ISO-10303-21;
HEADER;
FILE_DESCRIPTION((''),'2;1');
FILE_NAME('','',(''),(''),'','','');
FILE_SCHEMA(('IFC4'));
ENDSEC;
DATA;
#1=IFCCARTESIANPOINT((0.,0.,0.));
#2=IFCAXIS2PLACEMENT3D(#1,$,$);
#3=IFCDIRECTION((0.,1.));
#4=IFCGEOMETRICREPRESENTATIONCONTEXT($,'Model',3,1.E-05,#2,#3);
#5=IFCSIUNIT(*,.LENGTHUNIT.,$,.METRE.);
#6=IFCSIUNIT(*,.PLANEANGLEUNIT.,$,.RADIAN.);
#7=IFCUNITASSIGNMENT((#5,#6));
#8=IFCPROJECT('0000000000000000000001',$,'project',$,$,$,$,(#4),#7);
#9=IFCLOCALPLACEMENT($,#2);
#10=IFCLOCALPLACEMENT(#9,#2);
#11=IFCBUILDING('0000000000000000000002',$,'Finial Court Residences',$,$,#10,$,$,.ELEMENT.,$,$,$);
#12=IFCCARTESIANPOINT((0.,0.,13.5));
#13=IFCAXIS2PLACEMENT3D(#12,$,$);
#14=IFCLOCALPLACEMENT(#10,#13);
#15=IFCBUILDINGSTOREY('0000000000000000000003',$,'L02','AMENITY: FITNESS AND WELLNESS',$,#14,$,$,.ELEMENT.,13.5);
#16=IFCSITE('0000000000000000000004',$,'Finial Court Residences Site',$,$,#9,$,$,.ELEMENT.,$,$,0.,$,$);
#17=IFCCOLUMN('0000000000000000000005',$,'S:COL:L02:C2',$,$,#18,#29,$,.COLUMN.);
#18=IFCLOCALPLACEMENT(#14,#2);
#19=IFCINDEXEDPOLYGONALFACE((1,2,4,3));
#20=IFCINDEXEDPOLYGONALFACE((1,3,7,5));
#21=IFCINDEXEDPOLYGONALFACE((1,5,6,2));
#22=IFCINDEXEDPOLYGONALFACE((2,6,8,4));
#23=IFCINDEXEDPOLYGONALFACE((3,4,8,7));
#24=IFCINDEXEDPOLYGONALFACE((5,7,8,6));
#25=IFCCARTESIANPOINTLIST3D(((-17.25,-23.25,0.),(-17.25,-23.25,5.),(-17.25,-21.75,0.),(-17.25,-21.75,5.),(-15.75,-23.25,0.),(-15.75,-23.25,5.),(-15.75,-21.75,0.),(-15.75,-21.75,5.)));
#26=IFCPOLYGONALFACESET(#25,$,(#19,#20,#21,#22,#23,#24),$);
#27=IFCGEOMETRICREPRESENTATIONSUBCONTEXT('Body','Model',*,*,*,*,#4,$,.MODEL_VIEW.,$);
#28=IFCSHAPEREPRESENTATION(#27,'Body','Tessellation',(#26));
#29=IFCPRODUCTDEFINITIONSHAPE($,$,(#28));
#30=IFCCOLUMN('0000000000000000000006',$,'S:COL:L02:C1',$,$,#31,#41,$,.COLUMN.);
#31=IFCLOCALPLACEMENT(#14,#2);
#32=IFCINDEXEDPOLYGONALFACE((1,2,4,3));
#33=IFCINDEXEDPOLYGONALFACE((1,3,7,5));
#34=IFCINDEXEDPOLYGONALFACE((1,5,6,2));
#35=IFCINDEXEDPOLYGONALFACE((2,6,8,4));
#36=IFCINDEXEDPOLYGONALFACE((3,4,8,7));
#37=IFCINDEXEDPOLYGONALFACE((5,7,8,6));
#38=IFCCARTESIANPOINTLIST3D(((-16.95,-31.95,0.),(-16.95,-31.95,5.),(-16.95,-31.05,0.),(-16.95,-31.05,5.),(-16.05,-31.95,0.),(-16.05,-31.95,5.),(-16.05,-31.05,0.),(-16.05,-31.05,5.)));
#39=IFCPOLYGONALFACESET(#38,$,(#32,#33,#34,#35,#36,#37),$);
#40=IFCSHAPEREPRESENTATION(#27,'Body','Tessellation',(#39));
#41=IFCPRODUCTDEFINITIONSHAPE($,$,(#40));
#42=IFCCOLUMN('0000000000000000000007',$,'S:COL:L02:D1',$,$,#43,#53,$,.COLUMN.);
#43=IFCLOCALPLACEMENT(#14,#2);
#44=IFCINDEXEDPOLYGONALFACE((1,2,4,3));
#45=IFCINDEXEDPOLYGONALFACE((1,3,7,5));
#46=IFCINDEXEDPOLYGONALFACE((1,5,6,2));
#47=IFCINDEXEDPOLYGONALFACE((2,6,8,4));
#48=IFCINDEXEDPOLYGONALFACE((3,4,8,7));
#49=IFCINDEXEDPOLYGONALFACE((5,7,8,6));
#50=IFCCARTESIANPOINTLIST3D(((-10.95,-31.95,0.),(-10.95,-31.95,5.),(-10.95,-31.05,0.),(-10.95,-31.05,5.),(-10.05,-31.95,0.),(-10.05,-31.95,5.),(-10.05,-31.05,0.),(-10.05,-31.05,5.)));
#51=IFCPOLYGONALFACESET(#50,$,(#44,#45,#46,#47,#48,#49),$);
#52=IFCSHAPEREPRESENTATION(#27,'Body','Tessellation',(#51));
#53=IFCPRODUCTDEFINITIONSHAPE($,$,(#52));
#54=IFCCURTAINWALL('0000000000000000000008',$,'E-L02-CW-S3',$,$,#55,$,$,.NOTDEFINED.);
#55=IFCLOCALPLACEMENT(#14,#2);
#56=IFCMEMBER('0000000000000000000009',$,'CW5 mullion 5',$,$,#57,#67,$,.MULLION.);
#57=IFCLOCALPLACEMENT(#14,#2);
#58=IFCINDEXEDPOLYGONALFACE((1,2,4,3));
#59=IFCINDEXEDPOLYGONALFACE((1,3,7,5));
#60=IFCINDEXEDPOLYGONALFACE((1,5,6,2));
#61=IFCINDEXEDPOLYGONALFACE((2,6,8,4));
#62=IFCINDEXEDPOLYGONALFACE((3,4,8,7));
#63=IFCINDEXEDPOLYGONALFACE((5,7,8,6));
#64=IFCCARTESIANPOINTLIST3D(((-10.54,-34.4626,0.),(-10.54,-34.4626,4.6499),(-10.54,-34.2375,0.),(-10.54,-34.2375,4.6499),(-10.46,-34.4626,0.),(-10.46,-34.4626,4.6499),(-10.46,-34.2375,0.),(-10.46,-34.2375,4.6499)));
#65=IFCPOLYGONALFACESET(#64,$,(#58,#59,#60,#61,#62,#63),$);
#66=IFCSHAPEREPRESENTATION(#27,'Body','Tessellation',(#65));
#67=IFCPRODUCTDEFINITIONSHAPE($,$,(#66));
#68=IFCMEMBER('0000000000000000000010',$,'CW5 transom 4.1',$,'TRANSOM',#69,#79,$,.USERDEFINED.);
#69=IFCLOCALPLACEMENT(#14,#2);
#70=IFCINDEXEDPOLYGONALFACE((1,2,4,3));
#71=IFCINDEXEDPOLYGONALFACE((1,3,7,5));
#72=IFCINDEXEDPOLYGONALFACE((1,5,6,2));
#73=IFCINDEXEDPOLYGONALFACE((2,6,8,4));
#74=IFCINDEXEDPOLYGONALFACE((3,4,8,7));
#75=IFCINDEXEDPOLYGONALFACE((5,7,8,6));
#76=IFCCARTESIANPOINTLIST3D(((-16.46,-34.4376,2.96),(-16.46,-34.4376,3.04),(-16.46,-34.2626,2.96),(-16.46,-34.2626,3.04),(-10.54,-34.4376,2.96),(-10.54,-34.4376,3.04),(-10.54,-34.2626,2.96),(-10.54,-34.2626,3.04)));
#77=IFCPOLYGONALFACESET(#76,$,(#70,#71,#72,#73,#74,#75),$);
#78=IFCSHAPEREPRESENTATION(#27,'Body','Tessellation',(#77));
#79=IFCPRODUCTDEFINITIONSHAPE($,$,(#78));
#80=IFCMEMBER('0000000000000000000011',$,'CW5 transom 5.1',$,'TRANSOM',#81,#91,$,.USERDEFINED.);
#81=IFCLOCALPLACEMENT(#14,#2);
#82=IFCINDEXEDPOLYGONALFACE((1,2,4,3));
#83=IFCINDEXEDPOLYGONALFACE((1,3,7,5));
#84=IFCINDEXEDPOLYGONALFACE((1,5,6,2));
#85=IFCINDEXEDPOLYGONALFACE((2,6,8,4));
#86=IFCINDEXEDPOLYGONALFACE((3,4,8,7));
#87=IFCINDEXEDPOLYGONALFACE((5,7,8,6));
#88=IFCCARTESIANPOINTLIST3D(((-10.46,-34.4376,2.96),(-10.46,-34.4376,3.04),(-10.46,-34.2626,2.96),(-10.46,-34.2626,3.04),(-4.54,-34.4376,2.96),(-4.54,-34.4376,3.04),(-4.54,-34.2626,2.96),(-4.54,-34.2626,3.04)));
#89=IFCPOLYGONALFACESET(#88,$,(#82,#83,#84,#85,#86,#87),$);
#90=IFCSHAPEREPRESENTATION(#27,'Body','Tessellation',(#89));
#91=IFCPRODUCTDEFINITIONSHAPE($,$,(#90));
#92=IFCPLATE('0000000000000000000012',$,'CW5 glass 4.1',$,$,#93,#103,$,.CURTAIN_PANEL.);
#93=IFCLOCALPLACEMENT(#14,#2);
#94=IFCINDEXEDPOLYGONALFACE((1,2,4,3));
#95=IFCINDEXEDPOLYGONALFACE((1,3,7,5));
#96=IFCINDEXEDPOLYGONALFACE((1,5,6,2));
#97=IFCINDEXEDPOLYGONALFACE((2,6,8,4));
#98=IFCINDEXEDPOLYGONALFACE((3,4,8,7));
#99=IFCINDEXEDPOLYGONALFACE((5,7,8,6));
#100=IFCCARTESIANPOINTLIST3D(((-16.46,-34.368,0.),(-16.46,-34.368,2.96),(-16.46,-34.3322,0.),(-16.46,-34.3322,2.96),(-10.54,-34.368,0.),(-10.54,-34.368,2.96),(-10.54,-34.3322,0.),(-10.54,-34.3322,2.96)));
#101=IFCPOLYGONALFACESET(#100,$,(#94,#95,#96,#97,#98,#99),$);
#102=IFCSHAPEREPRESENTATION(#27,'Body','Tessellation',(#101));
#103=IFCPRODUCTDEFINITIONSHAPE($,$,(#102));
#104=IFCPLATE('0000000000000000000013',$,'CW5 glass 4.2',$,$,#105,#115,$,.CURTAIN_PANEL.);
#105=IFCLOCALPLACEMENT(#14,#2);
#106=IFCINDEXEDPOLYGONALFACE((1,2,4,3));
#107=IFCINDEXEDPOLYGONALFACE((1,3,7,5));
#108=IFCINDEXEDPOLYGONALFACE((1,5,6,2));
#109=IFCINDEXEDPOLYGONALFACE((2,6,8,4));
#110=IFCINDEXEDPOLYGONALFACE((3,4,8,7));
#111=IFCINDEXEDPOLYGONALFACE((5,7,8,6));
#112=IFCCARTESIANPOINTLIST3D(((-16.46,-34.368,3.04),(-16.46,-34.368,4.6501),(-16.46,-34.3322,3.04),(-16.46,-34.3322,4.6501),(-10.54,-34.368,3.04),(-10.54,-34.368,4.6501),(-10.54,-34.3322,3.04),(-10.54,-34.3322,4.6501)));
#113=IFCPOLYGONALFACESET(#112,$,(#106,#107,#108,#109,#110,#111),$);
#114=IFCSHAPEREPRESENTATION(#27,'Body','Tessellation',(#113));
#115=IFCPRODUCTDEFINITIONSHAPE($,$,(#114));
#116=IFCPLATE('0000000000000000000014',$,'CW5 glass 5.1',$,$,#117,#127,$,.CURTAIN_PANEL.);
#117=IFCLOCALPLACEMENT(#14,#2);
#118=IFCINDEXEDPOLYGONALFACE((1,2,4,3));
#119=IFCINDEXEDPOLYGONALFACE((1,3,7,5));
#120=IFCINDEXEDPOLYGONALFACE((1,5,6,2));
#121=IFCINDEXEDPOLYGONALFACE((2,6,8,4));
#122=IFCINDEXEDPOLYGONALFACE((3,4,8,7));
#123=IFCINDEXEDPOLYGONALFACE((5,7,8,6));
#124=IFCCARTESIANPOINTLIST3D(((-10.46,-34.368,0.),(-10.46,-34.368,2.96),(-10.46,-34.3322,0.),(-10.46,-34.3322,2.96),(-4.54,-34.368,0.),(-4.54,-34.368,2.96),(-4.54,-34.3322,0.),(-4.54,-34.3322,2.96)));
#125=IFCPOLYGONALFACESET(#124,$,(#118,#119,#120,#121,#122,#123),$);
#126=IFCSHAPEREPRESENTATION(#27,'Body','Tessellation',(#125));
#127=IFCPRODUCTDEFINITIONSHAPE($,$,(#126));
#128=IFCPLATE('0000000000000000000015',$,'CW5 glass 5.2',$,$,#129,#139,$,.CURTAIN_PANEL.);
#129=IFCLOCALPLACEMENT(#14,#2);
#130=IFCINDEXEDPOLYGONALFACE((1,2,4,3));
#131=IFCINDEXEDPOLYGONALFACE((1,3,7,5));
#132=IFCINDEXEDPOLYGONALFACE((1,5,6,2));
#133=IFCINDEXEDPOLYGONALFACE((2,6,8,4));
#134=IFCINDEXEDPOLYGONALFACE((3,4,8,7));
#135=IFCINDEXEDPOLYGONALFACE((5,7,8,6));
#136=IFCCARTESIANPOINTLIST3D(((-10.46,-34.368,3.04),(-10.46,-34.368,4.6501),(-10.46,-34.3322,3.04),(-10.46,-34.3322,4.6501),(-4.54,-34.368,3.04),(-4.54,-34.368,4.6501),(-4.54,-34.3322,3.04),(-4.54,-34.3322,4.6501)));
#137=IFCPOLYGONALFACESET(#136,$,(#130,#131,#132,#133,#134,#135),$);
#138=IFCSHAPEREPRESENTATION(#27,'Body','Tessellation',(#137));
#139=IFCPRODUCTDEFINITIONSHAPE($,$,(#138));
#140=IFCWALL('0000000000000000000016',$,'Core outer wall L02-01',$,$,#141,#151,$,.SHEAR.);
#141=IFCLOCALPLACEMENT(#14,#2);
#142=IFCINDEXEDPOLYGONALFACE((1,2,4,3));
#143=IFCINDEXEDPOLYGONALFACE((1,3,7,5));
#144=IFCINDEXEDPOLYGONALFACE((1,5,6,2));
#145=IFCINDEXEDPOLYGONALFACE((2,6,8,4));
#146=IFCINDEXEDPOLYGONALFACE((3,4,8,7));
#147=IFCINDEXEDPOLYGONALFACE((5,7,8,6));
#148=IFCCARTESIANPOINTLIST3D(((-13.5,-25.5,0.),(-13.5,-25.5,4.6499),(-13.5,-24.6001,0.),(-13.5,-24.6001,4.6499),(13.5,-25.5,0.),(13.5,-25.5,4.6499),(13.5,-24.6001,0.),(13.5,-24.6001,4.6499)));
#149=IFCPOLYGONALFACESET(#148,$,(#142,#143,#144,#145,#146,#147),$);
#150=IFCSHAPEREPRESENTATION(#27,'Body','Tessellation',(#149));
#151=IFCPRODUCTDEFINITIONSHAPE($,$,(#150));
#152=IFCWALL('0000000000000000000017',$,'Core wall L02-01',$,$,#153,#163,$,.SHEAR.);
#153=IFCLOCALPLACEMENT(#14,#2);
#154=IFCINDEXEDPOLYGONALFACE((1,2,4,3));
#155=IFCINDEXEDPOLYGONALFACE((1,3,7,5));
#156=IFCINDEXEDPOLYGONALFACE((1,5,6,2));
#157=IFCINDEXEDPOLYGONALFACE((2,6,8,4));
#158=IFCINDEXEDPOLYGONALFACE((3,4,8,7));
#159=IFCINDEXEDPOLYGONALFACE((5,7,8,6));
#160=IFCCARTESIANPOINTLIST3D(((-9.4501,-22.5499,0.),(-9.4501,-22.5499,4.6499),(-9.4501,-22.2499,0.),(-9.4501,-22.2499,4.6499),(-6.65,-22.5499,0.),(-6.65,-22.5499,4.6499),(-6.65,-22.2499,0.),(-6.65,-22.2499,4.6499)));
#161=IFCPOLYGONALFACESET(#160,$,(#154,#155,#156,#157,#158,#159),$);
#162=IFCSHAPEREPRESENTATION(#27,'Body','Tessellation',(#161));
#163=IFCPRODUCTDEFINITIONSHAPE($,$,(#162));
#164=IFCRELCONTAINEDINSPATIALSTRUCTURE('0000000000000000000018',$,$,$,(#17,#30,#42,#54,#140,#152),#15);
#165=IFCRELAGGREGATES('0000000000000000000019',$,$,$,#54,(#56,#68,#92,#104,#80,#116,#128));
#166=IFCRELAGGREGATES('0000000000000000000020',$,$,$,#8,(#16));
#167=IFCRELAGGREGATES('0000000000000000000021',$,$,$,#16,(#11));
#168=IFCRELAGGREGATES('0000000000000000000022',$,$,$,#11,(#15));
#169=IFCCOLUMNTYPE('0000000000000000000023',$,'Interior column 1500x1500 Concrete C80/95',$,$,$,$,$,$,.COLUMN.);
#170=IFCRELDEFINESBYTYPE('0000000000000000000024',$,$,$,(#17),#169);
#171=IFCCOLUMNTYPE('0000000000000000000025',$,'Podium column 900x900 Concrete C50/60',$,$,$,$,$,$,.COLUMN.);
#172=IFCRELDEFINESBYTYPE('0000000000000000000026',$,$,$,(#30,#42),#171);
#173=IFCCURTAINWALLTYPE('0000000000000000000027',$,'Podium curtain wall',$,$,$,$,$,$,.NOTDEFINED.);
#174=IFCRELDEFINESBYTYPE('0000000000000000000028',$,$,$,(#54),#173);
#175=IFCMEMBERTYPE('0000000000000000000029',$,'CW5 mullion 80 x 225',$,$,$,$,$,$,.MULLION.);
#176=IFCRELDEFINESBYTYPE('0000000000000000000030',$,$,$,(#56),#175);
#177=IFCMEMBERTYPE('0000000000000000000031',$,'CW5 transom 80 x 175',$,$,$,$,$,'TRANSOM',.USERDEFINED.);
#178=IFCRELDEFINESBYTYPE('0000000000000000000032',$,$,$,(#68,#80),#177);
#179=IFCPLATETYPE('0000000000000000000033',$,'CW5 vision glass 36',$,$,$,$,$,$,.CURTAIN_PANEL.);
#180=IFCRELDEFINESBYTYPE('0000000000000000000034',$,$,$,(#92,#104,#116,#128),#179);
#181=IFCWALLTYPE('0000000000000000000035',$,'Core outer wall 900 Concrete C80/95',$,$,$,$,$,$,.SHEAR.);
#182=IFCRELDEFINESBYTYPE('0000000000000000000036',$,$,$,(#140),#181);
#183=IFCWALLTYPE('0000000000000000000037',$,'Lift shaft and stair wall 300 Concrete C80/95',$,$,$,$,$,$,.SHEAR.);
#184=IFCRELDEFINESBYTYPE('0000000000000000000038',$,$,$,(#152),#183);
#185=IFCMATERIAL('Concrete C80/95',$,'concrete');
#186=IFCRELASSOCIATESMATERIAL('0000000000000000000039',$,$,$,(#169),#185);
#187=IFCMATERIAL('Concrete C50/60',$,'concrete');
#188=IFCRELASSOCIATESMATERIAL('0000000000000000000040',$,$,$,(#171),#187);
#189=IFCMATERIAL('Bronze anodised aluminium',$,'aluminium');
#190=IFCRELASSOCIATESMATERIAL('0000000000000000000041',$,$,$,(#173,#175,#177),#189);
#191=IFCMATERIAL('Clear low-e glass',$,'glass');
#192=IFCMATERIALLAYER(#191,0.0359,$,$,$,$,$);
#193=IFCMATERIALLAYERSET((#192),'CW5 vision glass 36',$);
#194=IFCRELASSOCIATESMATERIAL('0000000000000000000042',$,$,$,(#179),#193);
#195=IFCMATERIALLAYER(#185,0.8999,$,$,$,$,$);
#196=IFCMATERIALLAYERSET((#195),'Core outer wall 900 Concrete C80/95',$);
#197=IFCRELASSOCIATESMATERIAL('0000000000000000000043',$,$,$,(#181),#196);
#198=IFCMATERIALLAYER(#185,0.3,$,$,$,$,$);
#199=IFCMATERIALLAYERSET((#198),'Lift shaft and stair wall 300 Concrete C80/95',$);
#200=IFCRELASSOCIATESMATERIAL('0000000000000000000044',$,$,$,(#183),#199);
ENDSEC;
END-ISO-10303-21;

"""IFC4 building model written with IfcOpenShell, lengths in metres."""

from ifc_helpers import new_model, si_unit, direction, frame, frame_2d, origin, origin_2d, place, context, subcontext, project, spatial, rectangle, extrude, material, layer, layer_set, material_profile, profile_set, type_object, element, aggregate, save


model = new_model("IFC4")

# Units and contexts
model_context = context("Model", 3, precision=1e-05, world=origin(), true_north=direction((0.0, 1.0)))
body_context = subcontext(model_context, "Body", "Model", "MODEL_VIEW")
ifc_project = project(units=[si_unit("LENGTHUNIT", "METRE"), si_unit("PLANEANGLEUNIT", "RADIAN")], contexts=[model_context])

# Site, building, storey
site_placement = place(None, origin())
site = spatial("IfcSite", under=ifc_project, at=site_placement, Name="Finial Court Residences Site", CompositionType="ELEMENT", RefElevation=0.0)
building_placement = place(site_placement, origin())
building = spatial("IfcBuilding", under=site, at=building_placement, Name="Finial Court Residences", CompositionType="ELEMENT")
storey_placement = place(building_placement, frame((0.0, 0.0, 13.5)))
storey = spatial("IfcBuildingStorey", under=building, at=storey_placement, Name="L02", Description="AMENITY: FITNESS AND WELLNESS", CompositionType="ELEMENT", Elevation=13.5)

# Columns
ifc_material_1 = material(Name="Concrete C80/95", Category="concrete")
ifc_material_profile_1 = material_profile(ifc_material_1, rectangle(XDim=1.5, YDim=1.5, at=origin_2d()), Name="1500x1500")
ifc_profile_set_1 = profile_set([ifc_material_profile_1], Name="Concrete C80/95")
column_type_1 = type_object("IfcColumnType", Name="Interior column 1500x1500 Concrete C80/95", PredefinedType="COLUMN", material=ifc_profile_set_1)
column_placement = place(storey_placement, frame((-16.5, -22.5, 0.0), z_axis=(0.0, 0.0, 1.0), x_axis=(1.0, 0.0, 0.0)))
element("IfcColumn", 1, at=column_placement, inside=storey, type_object=column_type_1, Name="S:COL:L02:C2", PredefinedType="COLUMN", context=body_context, shape_type="SweptSolid", body=[
    extrude(rectangle(XDim=1.5, YDim=1.5, at=origin_2d()), origin(), (0.0, 0.0, 1.0), 5.0),
])
ifc_material_2 = material(Name="Concrete C50/60", Category="concrete")
ifc_material_profile_2 = material_profile(ifc_material_2, rectangle(XDim=0.8999, YDim=0.8999, at=origin_2d()), Name="900x900")
ifc_profile_set_2 = profile_set([ifc_material_profile_2], Name="Concrete C50/60")
column_type_2 = type_object("IfcColumnType", Name="Podium column 900x900 Concrete C50/60", PredefinedType="COLUMN", material=ifc_profile_set_2)
for number, where, z_axis, x_axis, name in (
    (2, (-16.5, -31.5, 0.0), (0.0, 0.0, 1.0), (1.0, 0.0, 0.0), "S:COL:L02:C1"),
    (3, (-10.5, -31.5, 0.0), (0.0, 0.0, 1.0), (1.0, 0.0, 0.0), "S:COL:L02:D1"),
):
    element("IfcColumn", number, at=place(storey_placement, frame(where, z_axis=z_axis, x_axis=x_axis)), inside=storey, type_object=column_type_2, Name=name, PredefinedType="COLUMN", context=body_context, shape_type="SweptSolid", body=[
        extrude(rectangle(XDim=0.8999, YDim=0.8999, at=origin_2d()), origin(), (0.0, 0.0, 1.0), 5.0),
    ])

# Curtain wall, members, plates
ifc_material_3 = material(Name="Bronze anodised aluminium", Category="aluminium")
curtain_wall_type = type_object("IfcCurtainWallType", Name="Podium curtain wall", PredefinedType="NOTDEFINED", material=ifc_material_3)
curtain_wall_placement = place(storey_placement, origin())
curtain_wall = element("IfcCurtainWall", 4, at=curtain_wall_placement, inside=storey, type_object=curtain_wall_type, Name="E-L02-CW-S3", PredefinedType="NOTDEFINED")
ifc_material_profile_3 = material_profile(ifc_material_3, rectangle(XDim=0.2251, YDim=0.0801, at=origin_2d()), Name="CW5 mullion 80 x 225")
ifc_profile_set_3 = profile_set([ifc_material_profile_3], Name="Bronze anodised aluminium")
member_type_1 = type_object("IfcMemberType", Name="CW5 mullion 80 x 225", PredefinedType="MULLION", material=ifc_profile_set_3)
member_1_placement = place(storey_placement, frame((-10.5, -34.3501, 0.0), z_axis=(0.0, 0.0, 1.0), x_axis=(0.0, 1.0, 0.0)))
member_1 = element("IfcMember", 5, at=member_1_placement, type_object=member_type_1, Name="CW5 mullion 5", PredefinedType="MULLION", context=body_context, shape_type="SweptSolid", body=[
    extrude(rectangle(XDim=0.2251, YDim=0.0801, at=origin_2d()), origin(), (0.0, 0.0, 1.0), 4.6499),
])
ifc_material_profile_4 = material_profile(ifc_material_3, rectangle(XDim=0.175, YDim=0.0801, at=origin_2d()), Name="CW5 transom 80 x 175")
ifc_profile_set_4 = profile_set([ifc_material_profile_4], Name="Bronze anodised aluminium")
member_type_2 = type_object("IfcMemberType", Name="CW5 transom 80 x 175", ElementType="TRANSOM", PredefinedType="USERDEFINED", material=ifc_profile_set_4)
member_2_placement = place(storey_placement, frame((-16.46, -34.3501, 3.0), z_axis=(1.0, 0.0, 0.0), x_axis=(0.0, 1.0, 0.0)))
member_2 = element("IfcMember", 6, at=member_2_placement, type_object=member_type_2, Name="CW5 transom 4.1", ObjectType="TRANSOM", PredefinedType="USERDEFINED", context=body_context, shape_type="SweptSolid", body=[
    extrude(rectangle(XDim=0.175, YDim=0.0801, at=origin_2d()), origin(), (0.0, 0.0, 1.0), 5.9199),
])
member_3_placement = place(storey_placement, frame((-10.46, -34.3501, 3.0), z_axis=(1.0, 0.0, 0.0), x_axis=(0.0, 1.0, 0.0)))
member_3 = element("IfcMember", 7, at=member_3_placement, type_object=member_type_2, Name="CW5 transom 5.1", ObjectType="TRANSOM", PredefinedType="USERDEFINED", context=body_context, shape_type="SweptSolid", body=[
    extrude(rectangle(XDim=0.175, YDim=0.0801, at=origin_2d()), origin(), (0.0, 0.0, 1.0), 5.9199),
])
ifc_material_4 = material(Name="Clear low-e glass", Category="glass")
ifc_layer_1 = layer(ifc_material_4, 0.0359)
ifc_layer_set_1 = layer_set([ifc_layer_1], Name="CW5 vision glass 36")
plate_type = type_object("IfcPlateType", Name="CW5 vision glass 36", PredefinedType="CURTAIN_PANEL", material=ifc_layer_set_1)
plate_1_placement = place(storey_placement, frame((-13.5, -34.3501, 0.0), z_axis=(0.0, 0.0, 1.0), x_axis=(1.0, 0.0, 0.0)))
plate_1 = element("IfcPlate", 8, at=plate_1_placement, type_object=plate_type, Name="CW5 glass 4.1", PredefinedType="CURTAIN_PANEL", context=body_context, shape_type="SweptSolid", body=[
    extrude(rectangle(XDim=5.9199, YDim=0.0359, at=origin_2d()), origin(), (0.0, 0.0, 1.0), 2.96),
])
plate_2_placement = place(storey_placement, frame((-13.5, -34.3501, 3.04), z_axis=(0.0, 0.0, 1.0), x_axis=(1.0, 0.0, 0.0)))
plate_2 = element("IfcPlate", 9, at=plate_2_placement, type_object=plate_type, Name="CW5 glass 4.2", PredefinedType="CURTAIN_PANEL", context=body_context, shape_type="SweptSolid", body=[
    extrude(rectangle(XDim=5.9199, YDim=0.0359, at=origin_2d()), origin(), (0.0, 0.0, 1.0), 1.6101),
])
plate_3_placement = place(storey_placement, frame((-7.5, -34.3501, 0.0), z_axis=(0.0, 0.0, 1.0), x_axis=(1.0, 0.0, 0.0)))
plate_3 = element("IfcPlate", 10, at=plate_3_placement, type_object=plate_type, Name="CW5 glass 5.1", PredefinedType="CURTAIN_PANEL", context=body_context, shape_type="SweptSolid", body=[
    extrude(rectangle(XDim=5.9199, YDim=0.0359, at=origin_2d()), origin(), (0.0, 0.0, 1.0), 2.96),
])
plate_4_placement = place(storey_placement, frame((-7.5, -34.3501, 3.04), z_axis=(0.0, 0.0, 1.0), x_axis=(1.0, 0.0, 0.0)))
plate_4 = element("IfcPlate", 11, at=plate_4_placement, type_object=plate_type, Name="CW5 glass 5.2", PredefinedType="CURTAIN_PANEL", context=body_context, shape_type="SweptSolid", body=[
    extrude(rectangle(XDim=5.9199, YDim=0.0359, at=origin_2d()), origin(), (0.0, 0.0, 1.0), 1.6101),
])
aggregate(curtain_wall, [member_1, member_2, plate_1, plate_2, member_3, plate_3, plate_4])

# Walls
ifc_layer_2 = layer(ifc_material_1, 0.8999)
ifc_layer_set_2 = layer_set([ifc_layer_2], Name="Core outer wall 900 Concrete C80/95")
wall_type_1 = type_object("IfcWallType", Name="Core outer wall 900 Concrete C80/95", PredefinedType="SHEAR", material=ifc_layer_set_2)
wall_1_placement = place(storey_placement, frame((-13.5, -25.05, 0.0), z_axis=(0.0, 0.0, 1.0), x_axis=(1.0, 0.0, 0.0)))
element("IfcWall", 12, at=wall_1_placement, inside=storey, type_object=wall_type_1, Name="Core outer wall L02-01", PredefinedType="SHEAR", context=body_context, shape_type="SweptSolid", body=[
    extrude(rectangle(XDim=27.0, YDim=0.8999, at=frame_2d((13.5, 0.0))), origin(), (0.0, 0.0, 1.0), 4.6499),
])
ifc_layer_3 = layer(ifc_material_1, 0.3)
ifc_layer_set_3 = layer_set([ifc_layer_3], Name="Lift shaft and stair wall 300 Concrete C80/95")
wall_type_2 = type_object("IfcWallType", Name="Lift shaft and stair wall 300 Concrete C80/95", PredefinedType="SHEAR", material=ifc_layer_set_3)
wall_2_placement = place(storey_placement, frame((-9.45, -22.3999, 0.0), z_axis=(0.0, 0.0, 1.0), x_axis=(1.0, 0.0, 0.0)))
element("IfcWall", 13, at=wall_2_placement, inside=storey, type_object=wall_type_2, Name="Core wall L02-01", PredefinedType="SHEAR", context=body_context, shape_type="SweptSolid", body=[
    extrude(rectangle(XDim=2.8, YDim=0.3, at=frame_2d((1.3999, 0.0))), origin(), (0.0, 0.0, 1.0), 4.6499),
])

save(model, "model.ifc")
